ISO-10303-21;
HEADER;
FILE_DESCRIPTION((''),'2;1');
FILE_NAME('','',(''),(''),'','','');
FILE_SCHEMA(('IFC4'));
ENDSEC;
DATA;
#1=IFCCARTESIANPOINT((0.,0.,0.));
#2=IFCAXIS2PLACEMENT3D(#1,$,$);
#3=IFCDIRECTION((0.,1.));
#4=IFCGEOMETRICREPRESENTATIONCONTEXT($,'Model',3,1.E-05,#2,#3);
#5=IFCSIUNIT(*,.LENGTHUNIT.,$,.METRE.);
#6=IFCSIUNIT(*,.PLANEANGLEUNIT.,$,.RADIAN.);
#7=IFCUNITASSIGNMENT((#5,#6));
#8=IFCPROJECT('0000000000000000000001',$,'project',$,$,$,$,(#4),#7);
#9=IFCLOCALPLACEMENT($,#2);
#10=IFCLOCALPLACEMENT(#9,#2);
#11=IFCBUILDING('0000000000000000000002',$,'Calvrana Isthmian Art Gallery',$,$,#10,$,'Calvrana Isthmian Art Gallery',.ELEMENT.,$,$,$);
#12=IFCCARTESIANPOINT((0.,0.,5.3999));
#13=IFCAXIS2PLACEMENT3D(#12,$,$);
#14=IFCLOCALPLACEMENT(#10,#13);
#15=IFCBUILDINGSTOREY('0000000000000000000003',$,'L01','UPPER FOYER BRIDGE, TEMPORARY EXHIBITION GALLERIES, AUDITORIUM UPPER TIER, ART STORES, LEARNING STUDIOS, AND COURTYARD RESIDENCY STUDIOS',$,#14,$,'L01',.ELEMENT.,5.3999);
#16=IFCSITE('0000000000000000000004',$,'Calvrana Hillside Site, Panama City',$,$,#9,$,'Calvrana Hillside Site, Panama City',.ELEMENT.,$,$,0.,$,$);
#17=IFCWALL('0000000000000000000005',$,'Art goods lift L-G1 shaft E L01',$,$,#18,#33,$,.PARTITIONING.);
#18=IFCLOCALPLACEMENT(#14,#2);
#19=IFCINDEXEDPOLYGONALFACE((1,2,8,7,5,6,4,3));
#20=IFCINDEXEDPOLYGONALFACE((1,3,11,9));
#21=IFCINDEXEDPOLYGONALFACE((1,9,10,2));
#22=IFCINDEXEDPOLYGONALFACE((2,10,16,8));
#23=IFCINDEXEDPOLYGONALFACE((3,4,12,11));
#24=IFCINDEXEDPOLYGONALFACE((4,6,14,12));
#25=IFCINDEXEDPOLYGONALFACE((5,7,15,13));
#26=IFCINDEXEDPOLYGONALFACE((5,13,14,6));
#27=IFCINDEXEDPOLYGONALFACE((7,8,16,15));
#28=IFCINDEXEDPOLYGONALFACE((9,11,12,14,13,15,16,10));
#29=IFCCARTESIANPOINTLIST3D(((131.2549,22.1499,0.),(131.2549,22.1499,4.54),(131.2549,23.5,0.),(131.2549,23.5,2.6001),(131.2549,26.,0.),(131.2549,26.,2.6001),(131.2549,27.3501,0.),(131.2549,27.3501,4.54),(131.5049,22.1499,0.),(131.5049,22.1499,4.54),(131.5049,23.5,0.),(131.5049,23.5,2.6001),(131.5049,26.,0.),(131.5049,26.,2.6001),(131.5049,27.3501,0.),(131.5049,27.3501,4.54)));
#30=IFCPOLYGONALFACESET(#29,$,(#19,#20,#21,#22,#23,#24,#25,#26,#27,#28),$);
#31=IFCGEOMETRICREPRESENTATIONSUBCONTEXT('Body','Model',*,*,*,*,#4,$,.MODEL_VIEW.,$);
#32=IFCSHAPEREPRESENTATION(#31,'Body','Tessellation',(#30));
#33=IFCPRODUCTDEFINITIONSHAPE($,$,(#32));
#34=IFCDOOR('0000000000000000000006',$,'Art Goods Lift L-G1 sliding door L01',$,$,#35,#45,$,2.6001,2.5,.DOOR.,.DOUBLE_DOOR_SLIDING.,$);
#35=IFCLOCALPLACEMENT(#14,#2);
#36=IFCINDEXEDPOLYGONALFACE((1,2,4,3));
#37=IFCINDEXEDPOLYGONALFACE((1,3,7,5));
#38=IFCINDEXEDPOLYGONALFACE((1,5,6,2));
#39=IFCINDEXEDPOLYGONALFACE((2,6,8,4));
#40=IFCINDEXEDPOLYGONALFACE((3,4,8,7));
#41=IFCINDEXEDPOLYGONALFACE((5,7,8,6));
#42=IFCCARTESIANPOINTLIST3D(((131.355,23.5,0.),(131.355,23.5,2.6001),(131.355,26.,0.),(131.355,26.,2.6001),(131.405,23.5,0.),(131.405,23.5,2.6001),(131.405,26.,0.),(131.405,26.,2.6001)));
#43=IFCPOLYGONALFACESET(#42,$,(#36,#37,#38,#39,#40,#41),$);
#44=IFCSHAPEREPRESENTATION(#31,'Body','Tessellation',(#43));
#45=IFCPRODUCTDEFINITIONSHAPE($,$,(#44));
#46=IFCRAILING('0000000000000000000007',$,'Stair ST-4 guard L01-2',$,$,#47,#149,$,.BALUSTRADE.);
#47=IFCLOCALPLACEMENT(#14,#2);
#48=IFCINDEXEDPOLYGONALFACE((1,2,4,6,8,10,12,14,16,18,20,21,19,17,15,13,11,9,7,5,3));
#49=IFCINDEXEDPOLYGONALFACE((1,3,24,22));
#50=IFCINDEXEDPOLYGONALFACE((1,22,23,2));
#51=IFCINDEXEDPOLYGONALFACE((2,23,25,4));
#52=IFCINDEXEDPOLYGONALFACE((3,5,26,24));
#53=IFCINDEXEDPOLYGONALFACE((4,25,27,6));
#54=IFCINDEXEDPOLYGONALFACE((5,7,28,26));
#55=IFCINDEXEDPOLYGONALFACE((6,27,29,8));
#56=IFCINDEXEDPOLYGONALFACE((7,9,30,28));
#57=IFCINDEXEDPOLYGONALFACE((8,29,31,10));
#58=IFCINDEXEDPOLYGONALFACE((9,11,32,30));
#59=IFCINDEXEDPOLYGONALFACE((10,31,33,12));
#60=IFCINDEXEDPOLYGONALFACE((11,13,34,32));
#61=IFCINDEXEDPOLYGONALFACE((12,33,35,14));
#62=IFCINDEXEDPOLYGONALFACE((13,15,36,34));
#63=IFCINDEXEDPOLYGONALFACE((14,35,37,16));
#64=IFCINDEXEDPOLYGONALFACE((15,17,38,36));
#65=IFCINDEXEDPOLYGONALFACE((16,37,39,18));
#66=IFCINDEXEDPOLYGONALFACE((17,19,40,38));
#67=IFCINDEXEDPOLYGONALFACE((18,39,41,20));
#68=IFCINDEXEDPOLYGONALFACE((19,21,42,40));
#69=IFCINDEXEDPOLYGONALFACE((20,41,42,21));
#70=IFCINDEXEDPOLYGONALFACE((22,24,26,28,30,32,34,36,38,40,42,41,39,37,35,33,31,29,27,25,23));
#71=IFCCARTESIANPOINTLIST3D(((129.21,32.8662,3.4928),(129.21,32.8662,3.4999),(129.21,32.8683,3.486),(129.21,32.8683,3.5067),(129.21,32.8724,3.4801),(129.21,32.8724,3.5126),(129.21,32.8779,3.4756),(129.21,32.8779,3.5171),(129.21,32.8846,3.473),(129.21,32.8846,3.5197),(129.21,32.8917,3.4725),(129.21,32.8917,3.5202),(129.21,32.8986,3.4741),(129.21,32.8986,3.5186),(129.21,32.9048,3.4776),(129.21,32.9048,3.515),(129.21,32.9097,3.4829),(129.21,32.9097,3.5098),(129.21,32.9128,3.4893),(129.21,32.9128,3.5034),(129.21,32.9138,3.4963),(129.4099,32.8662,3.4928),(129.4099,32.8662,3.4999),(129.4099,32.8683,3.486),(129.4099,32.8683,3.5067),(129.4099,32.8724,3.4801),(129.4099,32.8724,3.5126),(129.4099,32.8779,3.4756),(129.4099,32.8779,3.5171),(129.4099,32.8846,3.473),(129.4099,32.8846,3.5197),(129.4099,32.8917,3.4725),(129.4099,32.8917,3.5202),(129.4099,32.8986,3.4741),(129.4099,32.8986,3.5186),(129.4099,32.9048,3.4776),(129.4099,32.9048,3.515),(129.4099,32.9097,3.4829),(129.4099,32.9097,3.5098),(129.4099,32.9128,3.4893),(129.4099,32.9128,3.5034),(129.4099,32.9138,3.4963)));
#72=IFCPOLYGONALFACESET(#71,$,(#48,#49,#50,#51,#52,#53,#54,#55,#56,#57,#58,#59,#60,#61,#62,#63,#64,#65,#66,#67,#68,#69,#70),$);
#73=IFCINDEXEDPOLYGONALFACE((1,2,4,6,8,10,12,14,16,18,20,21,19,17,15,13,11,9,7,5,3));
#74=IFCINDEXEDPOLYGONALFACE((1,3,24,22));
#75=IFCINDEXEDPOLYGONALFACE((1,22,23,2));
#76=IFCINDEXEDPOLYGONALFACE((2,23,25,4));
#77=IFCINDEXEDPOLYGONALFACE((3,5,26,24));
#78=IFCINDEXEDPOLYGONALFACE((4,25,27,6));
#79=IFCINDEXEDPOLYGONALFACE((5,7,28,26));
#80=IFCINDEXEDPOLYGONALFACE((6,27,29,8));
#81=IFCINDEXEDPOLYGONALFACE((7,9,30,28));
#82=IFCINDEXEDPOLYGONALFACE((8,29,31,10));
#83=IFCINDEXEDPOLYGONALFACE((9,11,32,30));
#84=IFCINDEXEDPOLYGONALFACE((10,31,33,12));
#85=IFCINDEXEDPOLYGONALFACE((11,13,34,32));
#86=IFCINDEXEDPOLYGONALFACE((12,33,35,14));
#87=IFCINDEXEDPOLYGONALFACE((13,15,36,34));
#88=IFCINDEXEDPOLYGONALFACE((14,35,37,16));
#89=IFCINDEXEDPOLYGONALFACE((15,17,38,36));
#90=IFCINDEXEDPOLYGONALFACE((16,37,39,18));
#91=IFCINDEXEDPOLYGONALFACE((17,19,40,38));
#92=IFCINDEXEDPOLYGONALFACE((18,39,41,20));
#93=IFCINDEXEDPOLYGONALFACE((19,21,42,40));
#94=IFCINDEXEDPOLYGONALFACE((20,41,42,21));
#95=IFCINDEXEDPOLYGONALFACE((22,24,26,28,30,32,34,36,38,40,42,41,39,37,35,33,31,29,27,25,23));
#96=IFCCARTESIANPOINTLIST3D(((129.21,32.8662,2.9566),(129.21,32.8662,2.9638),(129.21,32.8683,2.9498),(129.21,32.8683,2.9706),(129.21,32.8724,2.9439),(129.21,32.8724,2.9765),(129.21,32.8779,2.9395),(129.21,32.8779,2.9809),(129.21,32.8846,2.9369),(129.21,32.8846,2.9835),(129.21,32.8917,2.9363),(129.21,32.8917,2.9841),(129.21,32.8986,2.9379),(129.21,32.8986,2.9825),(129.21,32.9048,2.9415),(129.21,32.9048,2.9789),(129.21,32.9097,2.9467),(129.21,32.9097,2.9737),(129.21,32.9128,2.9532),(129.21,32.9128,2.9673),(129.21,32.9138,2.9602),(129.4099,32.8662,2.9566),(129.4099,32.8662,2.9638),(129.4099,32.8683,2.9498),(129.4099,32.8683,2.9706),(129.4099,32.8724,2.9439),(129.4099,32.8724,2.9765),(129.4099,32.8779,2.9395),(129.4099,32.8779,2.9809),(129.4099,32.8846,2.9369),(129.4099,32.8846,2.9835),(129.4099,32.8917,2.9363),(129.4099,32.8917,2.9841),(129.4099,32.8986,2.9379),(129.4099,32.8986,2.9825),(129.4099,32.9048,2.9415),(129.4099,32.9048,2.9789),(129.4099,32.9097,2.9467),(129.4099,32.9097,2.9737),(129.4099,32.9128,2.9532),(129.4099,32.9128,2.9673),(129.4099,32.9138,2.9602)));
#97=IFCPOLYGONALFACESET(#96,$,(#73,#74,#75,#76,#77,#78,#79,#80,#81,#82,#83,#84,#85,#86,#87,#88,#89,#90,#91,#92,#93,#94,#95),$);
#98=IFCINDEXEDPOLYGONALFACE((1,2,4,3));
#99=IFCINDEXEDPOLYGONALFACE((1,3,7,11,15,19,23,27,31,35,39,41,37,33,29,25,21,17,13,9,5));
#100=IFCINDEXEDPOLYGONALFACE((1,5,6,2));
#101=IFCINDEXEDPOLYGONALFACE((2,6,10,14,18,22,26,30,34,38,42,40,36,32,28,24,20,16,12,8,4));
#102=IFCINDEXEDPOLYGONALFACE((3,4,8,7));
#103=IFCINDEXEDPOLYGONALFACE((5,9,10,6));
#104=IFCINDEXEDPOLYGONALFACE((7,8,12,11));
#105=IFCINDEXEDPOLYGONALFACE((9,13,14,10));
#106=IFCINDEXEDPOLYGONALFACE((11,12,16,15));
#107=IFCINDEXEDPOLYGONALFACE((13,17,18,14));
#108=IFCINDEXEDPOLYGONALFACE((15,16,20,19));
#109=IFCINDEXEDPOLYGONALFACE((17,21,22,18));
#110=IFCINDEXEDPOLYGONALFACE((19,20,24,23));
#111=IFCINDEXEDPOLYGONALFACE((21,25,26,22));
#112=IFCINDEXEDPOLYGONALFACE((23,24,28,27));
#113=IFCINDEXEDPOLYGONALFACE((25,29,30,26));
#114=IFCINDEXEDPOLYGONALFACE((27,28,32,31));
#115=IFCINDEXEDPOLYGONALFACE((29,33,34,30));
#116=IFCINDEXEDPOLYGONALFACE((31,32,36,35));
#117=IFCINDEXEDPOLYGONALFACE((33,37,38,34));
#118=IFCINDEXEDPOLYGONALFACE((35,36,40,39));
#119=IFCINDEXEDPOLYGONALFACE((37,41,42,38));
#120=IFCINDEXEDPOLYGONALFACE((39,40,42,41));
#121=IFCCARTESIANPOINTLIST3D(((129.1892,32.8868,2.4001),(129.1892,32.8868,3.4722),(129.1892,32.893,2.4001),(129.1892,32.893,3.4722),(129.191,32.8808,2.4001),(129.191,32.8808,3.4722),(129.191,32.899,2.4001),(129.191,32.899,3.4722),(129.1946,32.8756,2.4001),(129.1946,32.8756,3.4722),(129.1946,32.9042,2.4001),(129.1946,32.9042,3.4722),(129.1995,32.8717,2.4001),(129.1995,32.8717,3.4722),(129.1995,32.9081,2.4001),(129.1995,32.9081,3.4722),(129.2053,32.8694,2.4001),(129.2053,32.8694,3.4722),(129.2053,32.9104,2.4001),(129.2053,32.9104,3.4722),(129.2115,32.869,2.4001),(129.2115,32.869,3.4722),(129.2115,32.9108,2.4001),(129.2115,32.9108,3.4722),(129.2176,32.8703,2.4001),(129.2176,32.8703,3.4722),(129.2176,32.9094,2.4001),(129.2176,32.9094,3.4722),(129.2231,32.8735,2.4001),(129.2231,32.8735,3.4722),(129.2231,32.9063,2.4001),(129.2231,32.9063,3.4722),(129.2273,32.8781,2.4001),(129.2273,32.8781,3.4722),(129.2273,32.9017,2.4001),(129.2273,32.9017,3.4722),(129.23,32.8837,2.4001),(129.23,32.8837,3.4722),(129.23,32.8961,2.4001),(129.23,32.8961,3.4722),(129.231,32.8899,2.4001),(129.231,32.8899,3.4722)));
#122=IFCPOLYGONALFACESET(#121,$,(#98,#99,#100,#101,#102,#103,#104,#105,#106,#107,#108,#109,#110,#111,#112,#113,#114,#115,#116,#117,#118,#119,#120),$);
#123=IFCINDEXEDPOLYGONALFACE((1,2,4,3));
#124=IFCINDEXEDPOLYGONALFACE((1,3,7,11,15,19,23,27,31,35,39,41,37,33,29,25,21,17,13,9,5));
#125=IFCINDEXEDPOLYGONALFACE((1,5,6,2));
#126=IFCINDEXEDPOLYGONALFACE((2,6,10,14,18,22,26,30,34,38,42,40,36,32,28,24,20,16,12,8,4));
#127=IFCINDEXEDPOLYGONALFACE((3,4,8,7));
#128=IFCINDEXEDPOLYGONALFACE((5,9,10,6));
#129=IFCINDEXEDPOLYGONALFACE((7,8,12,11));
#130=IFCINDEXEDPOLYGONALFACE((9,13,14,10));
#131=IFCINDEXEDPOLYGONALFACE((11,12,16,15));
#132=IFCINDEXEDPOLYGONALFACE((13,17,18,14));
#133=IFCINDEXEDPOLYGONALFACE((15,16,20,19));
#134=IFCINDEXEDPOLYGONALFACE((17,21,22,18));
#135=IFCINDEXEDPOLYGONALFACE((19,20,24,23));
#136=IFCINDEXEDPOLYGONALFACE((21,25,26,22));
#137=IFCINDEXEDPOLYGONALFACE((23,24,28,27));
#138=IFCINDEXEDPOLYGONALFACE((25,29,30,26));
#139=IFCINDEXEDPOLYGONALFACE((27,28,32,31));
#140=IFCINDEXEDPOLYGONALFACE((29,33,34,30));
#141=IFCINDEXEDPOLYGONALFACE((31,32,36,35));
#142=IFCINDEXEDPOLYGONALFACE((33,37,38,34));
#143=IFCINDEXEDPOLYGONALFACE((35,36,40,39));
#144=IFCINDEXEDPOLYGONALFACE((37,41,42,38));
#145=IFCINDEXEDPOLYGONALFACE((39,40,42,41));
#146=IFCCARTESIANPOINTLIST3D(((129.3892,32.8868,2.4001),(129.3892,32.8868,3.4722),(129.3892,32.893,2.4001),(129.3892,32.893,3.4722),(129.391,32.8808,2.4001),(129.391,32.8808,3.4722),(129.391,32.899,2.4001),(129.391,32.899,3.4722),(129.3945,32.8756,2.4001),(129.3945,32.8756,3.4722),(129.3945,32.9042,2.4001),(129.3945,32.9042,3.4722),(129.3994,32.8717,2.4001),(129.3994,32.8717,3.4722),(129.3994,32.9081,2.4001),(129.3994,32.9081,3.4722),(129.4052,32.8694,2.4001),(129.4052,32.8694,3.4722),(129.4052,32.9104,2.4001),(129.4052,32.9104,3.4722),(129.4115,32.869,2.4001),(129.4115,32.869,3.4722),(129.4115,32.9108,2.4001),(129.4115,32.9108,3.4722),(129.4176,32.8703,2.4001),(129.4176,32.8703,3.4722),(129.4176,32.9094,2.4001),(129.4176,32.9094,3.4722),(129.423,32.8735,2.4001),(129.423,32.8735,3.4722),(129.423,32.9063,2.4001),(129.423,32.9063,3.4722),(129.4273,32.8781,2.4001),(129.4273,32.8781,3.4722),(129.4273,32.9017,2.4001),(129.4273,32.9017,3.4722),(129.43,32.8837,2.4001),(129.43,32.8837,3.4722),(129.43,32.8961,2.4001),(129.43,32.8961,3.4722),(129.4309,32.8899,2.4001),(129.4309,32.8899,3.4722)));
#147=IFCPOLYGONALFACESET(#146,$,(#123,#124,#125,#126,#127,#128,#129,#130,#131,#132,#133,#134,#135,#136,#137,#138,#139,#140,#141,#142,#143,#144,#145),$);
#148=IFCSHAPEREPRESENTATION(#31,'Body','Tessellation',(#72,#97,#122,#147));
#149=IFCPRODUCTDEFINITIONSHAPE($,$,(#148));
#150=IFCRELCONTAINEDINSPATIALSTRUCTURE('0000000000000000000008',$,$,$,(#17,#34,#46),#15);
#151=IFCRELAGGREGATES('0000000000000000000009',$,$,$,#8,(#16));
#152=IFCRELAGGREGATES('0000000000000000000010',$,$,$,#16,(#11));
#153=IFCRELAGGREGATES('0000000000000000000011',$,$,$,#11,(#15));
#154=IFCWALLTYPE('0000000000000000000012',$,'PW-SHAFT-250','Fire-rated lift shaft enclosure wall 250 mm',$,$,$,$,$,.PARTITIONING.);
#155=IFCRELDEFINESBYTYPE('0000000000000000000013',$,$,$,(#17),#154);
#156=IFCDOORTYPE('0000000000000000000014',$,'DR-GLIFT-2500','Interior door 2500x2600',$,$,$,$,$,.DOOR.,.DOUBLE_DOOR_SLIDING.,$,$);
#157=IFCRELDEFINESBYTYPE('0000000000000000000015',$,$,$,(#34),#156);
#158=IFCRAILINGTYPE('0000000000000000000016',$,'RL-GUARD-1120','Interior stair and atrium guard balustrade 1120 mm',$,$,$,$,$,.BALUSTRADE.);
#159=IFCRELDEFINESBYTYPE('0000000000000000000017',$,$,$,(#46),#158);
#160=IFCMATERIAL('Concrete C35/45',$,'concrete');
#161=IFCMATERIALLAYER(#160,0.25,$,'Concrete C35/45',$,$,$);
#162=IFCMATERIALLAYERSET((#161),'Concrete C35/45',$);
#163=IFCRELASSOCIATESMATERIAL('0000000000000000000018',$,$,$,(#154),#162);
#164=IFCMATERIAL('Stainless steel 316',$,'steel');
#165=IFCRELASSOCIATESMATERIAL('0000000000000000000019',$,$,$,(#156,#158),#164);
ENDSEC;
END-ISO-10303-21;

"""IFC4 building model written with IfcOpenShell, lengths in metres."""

from ifc_helpers import new_model, si_unit, direction, frame, frame_2d, origin, origin_2d, place, context, subcontext, project, spatial, rectangle, circle, extrude, material, layer, layer_set, type_object, element, fill, save


model = new_model("IFC4")

# Units and contexts
model_context = context("Model", 3, precision=1e-05, world=origin(), true_north=direction((0.0, 1.0)))
body_context = subcontext(model_context, "Body", "Model", "MODEL_VIEW")
ifc_project = project(units=[si_unit("LENGTHUNIT", "METRE"), si_unit("PLANEANGLEUNIT", "RADIAN")], contexts=[model_context])

# Site, building, storey
site_placement = place(None, origin())
site = spatial("IfcSite", under=ifc_project, at=site_placement, Name="Calvrana Hillside Site, Panama City", LongName="Calvrana Hillside Site, Panama City", CompositionType="ELEMENT", RefElevation=0.0)
building_placement = place(site_placement, origin())
building = spatial("IfcBuilding", under=site, at=building_placement, Name="Calvrana Isthmian Art Gallery", LongName="Calvrana Isthmian Art Gallery", CompositionType="ELEMENT")
storey_placement = place(building_placement, frame((0.0, 0.0, 5.3999)))
storey = spatial("IfcBuildingStorey", under=building, at=storey_placement, Name="L01", Description="UPPER FOYER BRIDGE, TEMPORARY EXHIBITION GALLERIES, AUDITORIUM UPPER TIER, ART STORES, LEARNING STUDIOS, AND COURTYARD RESIDENCY STUDIOS", LongName="L01", CompositionType="ELEMENT", Elevation=5.3999)

# Shared definitions
ifc_material_1 = material(Name="Concrete C35/45", Category="concrete")
ifc_layer_1 = layer(ifc_material_1, 0.25, Name="Concrete C35/45")
ifc_layer_set_1 = layer_set([ifc_layer_1], Name="Concrete C35/45")
wall_type_1 = type_object("IfcWallType", Name="PW-SHAFT-250", Description="Fire-rated lift shaft enclosure wall 250 mm", PredefinedType="PARTITIONING", material=ifc_layer_set_1)

# Wall, opening, door
wall_1_placement = place(storey_placement, frame((131.3799, 22.1499, 0.0), z_axis=(0.0, 0.0, 1.0), x_axis=(0.0, 1.0, 0.0)))
wall_1 = element("IfcWall", 1, at=wall_1_placement, inside=storey, type_object=wall_type_1, Name="Art goods lift L-G1 shaft E L01", PredefinedType="PARTITIONING", context=body_context, shape_type="SweptSolid", body=[
    extrude(rectangle(XDim=5.2002, YDim=0.25, at=frame_2d((2.6001, 0.0))), origin(), (0.0, 0.0, 1.0), 4.54),
])
opening_1_placement = place(wall_1_placement, frame((1.3501, 0.0, 0.0)))
opening_1 = element("IfcOpeningElement", 2, at=opening_1_placement, cuts=wall_1, PredefinedType="OPENING", context=body_context, shape_type="SweptSolid", body=[
    extrude(rectangle(XDim=2.5, YDim=2.6001, at=frame_2d((1.25, 1.3))), frame((0.0, 0.1353, 0.0), z_axis=(0.0, -1.0, 0.0), x_axis=(1.0, 0.0, 0.0)), (0.0, 0.0, 1.0), 0.2705),
])
ifc_material_2 = material(Name="Stainless steel 316", Category="steel")
door_type_1 = type_object("IfcDoorType", Name="DR-GLIFT-2500", Description="Interior door 2500x2600", OperationType="DOUBLE_DOOR_SLIDING", PredefinedType="DOOR", material=ifc_material_2)
door_1_placement = place(opening_1_placement, origin())
door_1 = element("IfcDoor", 3, at=door_1_placement, inside=storey, type_object=door_type_1, Name="Art Goods Lift L-G1 sliding door L01", OperationType="DOUBLE_DOOR_SLIDING", OverallHeight=2.6001, OverallWidth=2.5, PredefinedType="DOOR", context=body_context, shape_type="SweptSolid", body=[
    extrude(rectangle(XDim=2.5, YDim=2.6001, at=frame_2d((1.25, 1.3))), frame((0.0, 0.0249, 0.0), z_axis=(0.0, -1.0, 0.0), x_axis=(1.0, 0.0, 0.0)), (0.0, 0.0, 1.0), 0.05),
])
fill(opening_1, door_1)

# Railing
railing_type = type_object("IfcRailingType", Name="RL-GUARD-1120", Description="Interior stair and atrium guard balustrade 1120 mm", PredefinedType="BALUSTRADE", material=ifc_material_2)
railing_1_placement = place(storey_placement, frame((129.21, 32.8899, 2.4001)))
element("IfcRailing", 4, at=railing_1_placement, inside=storey, type_object=railing_type, Name="Stair ST-4 guard L01-2", PredefinedType="BALUSTRADE", context=body_context, shape_type="SweptSolid", body=[
    extrude(circle(Radius=0.0239, at=origin_2d()), frame((0.0, 0.0, 1.0962), z_axis=(1.0, 0.0, 0.0), x_axis=(0.0, 1.0, 0.0)), (0.0, 0.0, 1.0), 0.2),
    extrude(circle(Radius=0.0239, at=origin_2d()), frame((0.0, 0.0, 0.5601), z_axis=(1.0, 0.0, 0.0), x_axis=(0.0, 1.0, 0.0)), (0.0, 0.0, 1.0), 0.2),
    extrude(circle(Radius=0.021, at=origin_2d()), origin(), (0.0, 0.0, 1.0), 1.072),
    extrude(circle(Radius=0.021, at=origin_2d()), frame((0.2, 0.0, 0.0)), (0.0, 0.0, 1.0), 1.072),
])

save(model, "model.ifc")
